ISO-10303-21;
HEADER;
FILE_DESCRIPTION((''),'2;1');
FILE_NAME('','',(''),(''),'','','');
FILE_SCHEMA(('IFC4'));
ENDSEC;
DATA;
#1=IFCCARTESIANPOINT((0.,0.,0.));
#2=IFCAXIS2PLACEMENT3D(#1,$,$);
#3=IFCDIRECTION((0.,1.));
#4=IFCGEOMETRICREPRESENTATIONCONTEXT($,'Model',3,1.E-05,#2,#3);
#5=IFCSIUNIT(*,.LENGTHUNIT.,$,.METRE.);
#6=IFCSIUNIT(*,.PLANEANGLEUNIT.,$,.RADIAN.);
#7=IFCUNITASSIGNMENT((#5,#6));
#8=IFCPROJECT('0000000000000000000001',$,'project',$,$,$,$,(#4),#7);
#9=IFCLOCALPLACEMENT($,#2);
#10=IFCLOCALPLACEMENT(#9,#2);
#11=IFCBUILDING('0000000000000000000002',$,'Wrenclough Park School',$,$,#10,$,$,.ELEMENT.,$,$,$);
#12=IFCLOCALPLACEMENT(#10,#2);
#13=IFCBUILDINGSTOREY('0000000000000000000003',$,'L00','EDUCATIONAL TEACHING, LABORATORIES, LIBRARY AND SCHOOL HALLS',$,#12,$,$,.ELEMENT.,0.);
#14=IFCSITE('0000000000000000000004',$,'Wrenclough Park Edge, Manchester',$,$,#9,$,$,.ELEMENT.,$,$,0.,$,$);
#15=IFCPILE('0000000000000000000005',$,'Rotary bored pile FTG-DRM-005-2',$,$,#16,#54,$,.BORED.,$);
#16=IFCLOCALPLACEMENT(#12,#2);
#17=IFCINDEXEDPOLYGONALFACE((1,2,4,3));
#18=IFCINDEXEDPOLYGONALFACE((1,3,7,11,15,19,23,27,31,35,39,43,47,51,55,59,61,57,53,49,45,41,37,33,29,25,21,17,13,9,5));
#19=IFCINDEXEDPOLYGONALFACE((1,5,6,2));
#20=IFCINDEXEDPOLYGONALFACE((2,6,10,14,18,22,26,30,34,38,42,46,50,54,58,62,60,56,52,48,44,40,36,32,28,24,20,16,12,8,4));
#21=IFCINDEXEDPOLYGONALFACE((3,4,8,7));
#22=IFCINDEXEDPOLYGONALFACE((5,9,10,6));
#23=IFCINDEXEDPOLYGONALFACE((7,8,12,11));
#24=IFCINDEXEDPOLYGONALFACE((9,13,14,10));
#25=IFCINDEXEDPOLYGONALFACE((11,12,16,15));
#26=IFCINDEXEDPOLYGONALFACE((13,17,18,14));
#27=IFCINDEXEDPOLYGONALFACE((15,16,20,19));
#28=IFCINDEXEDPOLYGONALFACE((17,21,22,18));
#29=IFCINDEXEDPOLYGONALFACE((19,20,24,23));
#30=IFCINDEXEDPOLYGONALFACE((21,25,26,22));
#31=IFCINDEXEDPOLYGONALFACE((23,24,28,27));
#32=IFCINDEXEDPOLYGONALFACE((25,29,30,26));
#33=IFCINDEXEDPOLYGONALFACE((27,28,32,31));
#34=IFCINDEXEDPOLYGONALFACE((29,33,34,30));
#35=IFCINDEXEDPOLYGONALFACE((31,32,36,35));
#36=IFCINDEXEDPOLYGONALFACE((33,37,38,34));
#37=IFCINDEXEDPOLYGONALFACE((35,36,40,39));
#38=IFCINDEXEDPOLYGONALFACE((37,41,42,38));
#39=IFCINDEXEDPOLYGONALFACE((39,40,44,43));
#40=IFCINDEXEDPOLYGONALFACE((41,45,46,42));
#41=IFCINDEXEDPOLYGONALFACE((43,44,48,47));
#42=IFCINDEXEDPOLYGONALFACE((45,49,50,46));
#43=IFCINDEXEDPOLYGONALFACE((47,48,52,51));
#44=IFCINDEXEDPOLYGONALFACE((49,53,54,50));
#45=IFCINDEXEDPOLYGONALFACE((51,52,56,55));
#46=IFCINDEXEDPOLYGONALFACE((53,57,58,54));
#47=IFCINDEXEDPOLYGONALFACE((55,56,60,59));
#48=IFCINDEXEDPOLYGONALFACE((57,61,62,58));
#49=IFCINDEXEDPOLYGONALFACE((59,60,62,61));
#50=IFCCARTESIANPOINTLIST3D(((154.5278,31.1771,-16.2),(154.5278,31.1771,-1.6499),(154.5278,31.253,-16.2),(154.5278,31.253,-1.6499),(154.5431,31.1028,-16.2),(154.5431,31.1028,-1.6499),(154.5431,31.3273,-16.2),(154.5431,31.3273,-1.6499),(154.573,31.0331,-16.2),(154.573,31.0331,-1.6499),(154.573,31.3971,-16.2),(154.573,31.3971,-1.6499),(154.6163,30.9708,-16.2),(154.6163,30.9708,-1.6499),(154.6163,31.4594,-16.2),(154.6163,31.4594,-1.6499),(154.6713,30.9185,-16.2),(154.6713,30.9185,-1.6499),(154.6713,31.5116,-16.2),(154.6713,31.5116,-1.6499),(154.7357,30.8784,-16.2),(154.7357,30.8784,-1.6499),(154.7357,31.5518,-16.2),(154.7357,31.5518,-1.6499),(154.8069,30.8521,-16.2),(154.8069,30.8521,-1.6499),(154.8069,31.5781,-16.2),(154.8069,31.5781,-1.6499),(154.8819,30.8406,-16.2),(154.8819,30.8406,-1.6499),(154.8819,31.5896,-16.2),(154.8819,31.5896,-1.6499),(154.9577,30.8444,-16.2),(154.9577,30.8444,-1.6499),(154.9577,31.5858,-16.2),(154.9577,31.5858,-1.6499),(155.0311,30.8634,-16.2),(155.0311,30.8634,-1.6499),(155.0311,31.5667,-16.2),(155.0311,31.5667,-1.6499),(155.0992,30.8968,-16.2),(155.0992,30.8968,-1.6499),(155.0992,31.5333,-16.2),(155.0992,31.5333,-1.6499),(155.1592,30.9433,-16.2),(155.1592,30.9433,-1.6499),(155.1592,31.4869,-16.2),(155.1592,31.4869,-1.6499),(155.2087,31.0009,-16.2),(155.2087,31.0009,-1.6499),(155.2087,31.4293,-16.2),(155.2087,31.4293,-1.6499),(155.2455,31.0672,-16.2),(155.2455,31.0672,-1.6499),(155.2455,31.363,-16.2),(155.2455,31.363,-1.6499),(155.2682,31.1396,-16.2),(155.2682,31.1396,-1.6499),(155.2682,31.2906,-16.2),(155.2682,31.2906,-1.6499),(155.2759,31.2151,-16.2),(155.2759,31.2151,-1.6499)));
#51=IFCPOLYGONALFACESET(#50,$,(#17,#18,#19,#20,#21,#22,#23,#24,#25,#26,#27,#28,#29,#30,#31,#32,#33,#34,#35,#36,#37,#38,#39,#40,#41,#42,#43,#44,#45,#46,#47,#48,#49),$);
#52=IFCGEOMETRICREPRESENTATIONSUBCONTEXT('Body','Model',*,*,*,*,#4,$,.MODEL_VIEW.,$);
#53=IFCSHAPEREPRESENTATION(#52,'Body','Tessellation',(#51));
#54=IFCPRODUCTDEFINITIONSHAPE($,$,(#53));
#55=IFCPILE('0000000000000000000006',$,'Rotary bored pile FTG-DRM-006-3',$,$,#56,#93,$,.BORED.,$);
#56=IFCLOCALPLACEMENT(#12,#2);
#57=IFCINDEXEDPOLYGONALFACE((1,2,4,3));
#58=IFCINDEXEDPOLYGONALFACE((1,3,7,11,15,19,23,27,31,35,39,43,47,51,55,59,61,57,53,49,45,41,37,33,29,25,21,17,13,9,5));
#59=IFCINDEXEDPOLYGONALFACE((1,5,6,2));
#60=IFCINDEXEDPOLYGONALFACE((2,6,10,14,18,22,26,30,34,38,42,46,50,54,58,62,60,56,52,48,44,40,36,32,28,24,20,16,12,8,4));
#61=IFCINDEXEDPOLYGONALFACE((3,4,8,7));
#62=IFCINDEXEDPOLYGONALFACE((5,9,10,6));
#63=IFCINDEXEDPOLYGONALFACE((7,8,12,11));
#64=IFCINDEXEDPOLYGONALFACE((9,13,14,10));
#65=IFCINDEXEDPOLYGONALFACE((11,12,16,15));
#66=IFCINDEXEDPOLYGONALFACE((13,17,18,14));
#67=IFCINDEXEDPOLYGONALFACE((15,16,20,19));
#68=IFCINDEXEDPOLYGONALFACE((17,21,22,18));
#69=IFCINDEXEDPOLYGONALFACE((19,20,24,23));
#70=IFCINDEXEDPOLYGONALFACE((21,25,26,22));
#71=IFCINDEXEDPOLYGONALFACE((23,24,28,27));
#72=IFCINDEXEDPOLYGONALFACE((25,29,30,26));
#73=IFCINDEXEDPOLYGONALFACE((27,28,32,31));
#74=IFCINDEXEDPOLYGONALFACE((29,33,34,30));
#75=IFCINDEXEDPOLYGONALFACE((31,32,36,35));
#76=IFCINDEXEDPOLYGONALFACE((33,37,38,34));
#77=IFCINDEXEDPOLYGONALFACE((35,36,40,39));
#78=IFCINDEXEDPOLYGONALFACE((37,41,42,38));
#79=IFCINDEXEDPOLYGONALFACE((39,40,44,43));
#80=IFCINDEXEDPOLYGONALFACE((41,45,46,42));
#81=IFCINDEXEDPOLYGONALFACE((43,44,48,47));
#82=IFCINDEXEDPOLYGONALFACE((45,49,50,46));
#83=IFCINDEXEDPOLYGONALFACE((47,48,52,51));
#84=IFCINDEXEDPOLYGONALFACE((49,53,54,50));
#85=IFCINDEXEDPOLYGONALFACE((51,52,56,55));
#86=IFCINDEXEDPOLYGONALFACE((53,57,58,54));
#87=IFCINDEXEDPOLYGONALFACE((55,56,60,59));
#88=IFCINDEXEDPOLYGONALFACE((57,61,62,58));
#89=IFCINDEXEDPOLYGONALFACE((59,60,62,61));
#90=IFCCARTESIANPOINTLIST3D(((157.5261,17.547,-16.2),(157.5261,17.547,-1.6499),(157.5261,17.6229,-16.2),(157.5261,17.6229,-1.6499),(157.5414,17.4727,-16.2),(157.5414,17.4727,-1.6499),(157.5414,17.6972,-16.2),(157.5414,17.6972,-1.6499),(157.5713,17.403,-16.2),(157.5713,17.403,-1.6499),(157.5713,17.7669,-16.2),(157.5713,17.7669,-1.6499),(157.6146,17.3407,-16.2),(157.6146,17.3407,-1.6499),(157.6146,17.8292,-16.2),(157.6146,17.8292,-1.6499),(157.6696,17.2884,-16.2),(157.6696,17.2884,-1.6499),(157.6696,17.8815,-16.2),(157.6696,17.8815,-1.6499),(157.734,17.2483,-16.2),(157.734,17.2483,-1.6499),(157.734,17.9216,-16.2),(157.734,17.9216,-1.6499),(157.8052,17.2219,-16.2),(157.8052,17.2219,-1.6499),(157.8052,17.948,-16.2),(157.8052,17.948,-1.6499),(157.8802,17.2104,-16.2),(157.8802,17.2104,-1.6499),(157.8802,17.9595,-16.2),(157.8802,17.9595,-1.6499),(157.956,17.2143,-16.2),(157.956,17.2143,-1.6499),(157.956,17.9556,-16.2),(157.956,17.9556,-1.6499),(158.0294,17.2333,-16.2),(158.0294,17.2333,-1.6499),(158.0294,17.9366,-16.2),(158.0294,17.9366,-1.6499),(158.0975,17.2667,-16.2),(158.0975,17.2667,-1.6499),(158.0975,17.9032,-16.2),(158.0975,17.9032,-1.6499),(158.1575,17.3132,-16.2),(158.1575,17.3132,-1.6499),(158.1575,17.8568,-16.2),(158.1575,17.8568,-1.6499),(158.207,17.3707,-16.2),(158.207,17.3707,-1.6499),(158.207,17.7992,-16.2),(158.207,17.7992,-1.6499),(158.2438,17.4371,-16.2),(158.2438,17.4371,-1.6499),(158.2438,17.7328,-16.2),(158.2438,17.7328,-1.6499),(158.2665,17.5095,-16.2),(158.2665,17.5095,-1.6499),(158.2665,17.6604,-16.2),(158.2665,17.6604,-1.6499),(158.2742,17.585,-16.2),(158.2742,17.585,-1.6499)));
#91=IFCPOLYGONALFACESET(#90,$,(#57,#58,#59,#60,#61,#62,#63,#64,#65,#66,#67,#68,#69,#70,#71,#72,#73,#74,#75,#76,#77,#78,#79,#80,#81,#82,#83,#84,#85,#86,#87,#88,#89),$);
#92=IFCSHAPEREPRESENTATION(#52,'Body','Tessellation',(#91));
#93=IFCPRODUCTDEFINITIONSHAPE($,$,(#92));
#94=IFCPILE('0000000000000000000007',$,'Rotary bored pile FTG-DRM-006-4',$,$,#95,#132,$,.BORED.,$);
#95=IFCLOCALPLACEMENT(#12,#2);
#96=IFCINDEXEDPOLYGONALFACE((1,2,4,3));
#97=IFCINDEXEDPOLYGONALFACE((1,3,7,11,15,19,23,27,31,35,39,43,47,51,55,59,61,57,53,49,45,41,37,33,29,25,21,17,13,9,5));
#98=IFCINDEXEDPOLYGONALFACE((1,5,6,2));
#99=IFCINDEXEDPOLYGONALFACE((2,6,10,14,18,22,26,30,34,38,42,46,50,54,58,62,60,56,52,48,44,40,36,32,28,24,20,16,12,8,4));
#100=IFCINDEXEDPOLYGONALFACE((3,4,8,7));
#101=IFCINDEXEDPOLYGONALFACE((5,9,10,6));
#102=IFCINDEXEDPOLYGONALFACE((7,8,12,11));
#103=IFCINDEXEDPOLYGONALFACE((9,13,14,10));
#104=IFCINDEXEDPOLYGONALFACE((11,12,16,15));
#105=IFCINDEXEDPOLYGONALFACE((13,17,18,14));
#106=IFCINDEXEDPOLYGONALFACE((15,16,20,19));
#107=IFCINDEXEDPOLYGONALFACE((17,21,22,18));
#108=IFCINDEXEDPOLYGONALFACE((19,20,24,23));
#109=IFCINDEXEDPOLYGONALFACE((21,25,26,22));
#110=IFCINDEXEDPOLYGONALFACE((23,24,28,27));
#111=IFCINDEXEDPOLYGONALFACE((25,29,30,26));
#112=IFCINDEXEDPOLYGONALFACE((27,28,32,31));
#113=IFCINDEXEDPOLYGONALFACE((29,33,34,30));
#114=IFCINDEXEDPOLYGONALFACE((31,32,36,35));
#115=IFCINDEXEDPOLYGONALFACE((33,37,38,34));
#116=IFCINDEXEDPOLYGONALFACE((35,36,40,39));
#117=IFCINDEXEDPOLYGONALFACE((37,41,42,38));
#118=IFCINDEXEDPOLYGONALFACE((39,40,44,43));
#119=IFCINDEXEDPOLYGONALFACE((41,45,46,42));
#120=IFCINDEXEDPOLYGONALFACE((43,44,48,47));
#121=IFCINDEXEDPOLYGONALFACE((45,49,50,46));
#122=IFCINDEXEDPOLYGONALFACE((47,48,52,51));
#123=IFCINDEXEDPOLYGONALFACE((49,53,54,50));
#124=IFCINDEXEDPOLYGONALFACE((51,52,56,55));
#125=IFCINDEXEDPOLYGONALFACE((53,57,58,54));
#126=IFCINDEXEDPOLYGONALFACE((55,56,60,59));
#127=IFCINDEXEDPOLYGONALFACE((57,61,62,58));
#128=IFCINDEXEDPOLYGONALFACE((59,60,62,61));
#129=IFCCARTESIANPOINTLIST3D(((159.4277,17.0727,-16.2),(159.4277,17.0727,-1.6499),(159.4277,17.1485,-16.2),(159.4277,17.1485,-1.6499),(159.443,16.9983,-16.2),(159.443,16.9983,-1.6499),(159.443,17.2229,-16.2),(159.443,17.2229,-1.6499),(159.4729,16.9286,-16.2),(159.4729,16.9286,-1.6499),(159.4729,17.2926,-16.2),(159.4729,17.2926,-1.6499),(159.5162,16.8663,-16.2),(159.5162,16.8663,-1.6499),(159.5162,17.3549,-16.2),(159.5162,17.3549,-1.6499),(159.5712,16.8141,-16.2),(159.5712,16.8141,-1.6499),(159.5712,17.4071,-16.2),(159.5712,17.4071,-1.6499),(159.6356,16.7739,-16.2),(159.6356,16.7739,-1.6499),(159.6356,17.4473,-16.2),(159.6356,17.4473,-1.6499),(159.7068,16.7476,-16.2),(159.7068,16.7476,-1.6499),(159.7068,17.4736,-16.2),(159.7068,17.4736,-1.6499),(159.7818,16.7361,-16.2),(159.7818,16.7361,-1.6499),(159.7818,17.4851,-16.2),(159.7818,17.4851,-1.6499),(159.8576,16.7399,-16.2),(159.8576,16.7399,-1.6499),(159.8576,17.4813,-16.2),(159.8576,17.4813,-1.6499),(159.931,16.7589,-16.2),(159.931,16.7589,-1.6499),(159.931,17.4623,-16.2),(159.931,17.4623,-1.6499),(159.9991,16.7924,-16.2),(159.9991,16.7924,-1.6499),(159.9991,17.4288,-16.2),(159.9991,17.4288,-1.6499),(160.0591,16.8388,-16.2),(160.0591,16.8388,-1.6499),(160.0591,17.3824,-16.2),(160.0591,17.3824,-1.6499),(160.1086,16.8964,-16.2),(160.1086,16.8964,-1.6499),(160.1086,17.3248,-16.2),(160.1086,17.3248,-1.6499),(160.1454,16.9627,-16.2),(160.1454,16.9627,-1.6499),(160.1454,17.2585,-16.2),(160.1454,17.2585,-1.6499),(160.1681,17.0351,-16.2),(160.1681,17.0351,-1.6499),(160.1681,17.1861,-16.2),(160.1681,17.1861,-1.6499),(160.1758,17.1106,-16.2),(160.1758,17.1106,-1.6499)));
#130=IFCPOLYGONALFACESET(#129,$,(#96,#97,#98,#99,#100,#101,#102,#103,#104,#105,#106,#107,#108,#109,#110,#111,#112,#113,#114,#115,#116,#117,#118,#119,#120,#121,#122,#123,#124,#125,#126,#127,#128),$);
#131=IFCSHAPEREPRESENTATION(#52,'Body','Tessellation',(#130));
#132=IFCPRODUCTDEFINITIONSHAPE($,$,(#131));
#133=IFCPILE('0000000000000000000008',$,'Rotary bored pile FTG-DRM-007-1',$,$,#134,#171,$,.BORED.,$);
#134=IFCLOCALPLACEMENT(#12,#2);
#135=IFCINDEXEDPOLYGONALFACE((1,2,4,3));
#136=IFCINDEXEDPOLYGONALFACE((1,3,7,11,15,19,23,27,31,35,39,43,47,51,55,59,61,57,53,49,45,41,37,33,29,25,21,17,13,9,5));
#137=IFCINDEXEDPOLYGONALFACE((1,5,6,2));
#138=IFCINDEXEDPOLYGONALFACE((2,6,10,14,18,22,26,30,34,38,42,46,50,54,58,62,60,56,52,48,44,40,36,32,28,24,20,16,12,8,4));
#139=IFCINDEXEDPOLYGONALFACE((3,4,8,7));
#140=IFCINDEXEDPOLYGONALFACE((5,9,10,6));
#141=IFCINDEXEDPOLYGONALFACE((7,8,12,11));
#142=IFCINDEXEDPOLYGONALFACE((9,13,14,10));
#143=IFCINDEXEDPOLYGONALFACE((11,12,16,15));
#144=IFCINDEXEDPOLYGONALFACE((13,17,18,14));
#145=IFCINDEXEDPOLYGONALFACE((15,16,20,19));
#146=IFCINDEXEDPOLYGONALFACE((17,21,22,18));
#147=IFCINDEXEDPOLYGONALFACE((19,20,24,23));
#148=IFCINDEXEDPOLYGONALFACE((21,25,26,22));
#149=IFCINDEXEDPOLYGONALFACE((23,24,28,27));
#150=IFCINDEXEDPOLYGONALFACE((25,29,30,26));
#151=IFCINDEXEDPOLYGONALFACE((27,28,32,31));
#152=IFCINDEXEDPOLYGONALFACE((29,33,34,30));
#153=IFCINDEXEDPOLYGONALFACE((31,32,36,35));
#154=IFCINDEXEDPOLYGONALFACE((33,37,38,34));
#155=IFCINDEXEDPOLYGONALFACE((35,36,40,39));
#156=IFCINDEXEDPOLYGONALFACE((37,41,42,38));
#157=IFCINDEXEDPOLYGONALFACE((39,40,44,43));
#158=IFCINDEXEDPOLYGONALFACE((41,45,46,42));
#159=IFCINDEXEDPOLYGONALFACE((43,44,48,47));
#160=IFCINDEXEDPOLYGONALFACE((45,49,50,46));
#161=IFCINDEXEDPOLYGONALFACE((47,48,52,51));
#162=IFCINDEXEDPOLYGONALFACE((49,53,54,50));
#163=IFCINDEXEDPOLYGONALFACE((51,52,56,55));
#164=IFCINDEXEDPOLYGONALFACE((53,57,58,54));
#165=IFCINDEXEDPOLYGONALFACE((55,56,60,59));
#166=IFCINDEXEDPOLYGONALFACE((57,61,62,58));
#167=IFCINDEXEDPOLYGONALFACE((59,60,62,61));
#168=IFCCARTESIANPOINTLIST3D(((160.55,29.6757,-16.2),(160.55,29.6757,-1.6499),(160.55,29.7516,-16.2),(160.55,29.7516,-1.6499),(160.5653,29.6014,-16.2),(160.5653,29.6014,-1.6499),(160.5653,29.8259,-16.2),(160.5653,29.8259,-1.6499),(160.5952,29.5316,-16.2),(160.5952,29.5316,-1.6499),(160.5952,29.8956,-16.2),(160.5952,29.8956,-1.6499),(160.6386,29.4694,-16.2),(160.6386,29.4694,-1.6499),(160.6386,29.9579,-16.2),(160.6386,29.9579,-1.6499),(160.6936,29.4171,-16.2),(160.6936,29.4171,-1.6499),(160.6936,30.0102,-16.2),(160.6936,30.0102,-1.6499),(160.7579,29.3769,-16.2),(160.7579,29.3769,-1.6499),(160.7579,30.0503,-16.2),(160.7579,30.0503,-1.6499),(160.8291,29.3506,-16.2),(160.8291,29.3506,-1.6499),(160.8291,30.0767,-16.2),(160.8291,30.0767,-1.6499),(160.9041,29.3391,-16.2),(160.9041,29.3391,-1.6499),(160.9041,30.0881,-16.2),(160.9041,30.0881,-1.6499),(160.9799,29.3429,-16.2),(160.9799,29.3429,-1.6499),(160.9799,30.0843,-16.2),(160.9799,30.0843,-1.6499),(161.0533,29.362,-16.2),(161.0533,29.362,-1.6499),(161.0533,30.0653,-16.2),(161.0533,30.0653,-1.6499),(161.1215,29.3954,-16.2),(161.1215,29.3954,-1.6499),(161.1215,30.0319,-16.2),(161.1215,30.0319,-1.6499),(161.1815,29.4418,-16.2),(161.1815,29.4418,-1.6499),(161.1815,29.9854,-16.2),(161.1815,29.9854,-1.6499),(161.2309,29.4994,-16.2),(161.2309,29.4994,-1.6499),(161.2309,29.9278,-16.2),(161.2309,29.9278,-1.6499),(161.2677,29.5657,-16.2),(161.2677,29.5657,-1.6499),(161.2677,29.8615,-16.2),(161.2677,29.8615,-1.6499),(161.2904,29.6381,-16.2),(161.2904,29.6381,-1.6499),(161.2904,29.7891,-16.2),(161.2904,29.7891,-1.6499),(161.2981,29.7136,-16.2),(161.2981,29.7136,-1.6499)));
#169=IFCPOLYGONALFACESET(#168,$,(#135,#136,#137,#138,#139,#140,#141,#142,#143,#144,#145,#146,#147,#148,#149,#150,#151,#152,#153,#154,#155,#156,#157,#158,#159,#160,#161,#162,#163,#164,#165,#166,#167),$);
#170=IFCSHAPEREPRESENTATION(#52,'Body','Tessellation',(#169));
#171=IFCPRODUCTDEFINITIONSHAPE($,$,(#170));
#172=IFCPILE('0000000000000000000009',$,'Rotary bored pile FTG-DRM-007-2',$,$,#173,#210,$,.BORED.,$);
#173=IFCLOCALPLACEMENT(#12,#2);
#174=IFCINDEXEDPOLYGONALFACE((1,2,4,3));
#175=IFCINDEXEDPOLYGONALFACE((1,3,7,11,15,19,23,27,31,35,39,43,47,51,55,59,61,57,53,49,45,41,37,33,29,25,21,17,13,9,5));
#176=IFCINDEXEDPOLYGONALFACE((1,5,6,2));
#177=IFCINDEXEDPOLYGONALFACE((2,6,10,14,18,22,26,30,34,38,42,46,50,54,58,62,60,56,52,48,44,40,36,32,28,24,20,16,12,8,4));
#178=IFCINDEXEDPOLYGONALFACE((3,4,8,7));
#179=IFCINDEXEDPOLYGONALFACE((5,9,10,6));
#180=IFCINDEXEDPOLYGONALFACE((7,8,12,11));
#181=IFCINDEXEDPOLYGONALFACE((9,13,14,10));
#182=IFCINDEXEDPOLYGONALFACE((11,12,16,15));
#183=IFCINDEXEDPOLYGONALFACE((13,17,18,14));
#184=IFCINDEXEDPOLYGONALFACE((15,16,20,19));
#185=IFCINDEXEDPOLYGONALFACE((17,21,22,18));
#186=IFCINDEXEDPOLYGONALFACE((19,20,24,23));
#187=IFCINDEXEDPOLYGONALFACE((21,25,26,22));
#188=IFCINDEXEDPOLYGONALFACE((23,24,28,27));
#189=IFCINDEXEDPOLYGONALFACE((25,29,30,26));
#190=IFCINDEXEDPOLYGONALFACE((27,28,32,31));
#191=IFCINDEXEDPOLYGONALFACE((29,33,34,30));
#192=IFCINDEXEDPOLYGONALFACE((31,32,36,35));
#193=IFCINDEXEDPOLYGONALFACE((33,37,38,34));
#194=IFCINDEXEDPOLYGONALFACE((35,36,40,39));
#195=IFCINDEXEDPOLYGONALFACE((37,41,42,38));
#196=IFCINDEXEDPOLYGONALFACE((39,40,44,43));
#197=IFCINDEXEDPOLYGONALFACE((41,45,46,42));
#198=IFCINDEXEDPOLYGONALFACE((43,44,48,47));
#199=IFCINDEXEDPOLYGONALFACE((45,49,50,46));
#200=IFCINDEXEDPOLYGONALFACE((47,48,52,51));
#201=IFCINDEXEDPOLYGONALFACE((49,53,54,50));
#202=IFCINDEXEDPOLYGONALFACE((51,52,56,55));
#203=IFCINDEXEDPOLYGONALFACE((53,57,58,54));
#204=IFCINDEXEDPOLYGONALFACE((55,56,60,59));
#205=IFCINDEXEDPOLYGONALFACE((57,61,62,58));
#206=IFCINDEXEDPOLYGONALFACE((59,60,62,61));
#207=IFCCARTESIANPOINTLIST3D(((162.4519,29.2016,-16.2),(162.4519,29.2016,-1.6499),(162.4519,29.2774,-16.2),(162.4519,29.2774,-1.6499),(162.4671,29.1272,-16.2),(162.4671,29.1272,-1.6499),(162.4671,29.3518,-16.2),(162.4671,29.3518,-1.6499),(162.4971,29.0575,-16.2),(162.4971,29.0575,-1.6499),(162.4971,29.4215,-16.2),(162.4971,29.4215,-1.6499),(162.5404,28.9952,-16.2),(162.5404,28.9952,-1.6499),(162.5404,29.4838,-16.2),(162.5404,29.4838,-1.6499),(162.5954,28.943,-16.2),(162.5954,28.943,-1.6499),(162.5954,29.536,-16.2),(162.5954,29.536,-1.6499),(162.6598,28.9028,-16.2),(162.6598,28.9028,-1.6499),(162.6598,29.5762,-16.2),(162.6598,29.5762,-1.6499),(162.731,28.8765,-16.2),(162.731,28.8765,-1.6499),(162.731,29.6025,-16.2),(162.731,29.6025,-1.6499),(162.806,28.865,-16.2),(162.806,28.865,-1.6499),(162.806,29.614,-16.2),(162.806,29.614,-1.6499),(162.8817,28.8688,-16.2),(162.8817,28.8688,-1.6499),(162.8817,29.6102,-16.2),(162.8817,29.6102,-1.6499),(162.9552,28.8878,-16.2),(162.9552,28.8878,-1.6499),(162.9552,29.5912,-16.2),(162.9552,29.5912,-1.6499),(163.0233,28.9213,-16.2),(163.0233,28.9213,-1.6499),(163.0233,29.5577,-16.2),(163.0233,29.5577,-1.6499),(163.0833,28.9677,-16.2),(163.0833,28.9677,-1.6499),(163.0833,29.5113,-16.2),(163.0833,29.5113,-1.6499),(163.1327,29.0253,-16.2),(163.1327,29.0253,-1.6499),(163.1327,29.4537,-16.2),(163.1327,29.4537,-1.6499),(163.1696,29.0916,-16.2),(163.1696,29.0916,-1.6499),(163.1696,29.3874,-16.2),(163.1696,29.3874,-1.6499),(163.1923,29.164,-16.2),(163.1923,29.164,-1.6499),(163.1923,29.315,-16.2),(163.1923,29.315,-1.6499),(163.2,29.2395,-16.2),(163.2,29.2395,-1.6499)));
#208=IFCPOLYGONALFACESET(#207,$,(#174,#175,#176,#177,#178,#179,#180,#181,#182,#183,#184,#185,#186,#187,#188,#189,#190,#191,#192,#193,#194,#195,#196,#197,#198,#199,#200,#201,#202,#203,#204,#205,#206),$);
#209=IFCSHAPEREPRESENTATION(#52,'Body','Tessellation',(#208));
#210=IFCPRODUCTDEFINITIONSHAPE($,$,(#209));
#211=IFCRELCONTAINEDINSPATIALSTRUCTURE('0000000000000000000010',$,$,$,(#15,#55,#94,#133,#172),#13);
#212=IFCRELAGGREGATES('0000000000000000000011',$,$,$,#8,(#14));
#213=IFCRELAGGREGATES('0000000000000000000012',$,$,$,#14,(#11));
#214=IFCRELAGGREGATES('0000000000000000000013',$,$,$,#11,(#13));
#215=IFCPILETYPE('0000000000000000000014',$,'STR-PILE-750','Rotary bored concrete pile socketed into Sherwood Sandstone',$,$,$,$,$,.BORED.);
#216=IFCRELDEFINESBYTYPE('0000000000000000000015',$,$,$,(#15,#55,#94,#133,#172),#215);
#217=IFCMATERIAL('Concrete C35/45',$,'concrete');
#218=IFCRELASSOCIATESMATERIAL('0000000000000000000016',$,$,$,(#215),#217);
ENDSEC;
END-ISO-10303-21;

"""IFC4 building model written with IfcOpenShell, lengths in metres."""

from ifc_helpers import new_model, si_unit, direction, frame, origin, origin_2d, place, context, subcontext, project, spatial, circle, extrude, material, material_profile, profile_set, type_object, element, save


model = new_model("IFC4")

# Units and contexts
model_context = context("Model", 3, precision=1e-05, world=origin(), true_north=direction((0.0, 1.0)))
body_context = subcontext(model_context, "Body", "Model", "MODEL_VIEW")
ifc_project = project(units=[si_unit("LENGTHUNIT", "METRE"), si_unit("PLANEANGLEUNIT", "RADIAN")], contexts=[model_context])

# Site, building, storey
site_placement = place(None, origin())
site = spatial("IfcSite", under=ifc_project, at=site_placement, Name="Wrenclough Park Edge, Manchester", CompositionType="ELEMENT", RefElevation=0.0)
building_placement = place(site_placement, origin())
building = spatial("IfcBuilding", under=site, at=building_placement, Name="Wrenclough Park School", CompositionType="ELEMENT")
storey_placement = place(building_placement, origin())
storey = spatial("IfcBuildingStorey", under=building, at=storey_placement, Name="L00", Description="EDUCATIONAL TEACHING, LABORATORIES, LIBRARY AND SCHOOL HALLS", CompositionType="ELEMENT", Elevation=0.0)

# Shared definitions
ifc_material_1 = material(Name="Concrete C35/45", Category="concrete")

# Piles
ifc_material_profile_1 = material_profile(ifc_material_1, circle(Radius=0.375, at=origin_2d()), Name="BORED PILE D750")
ifc_profile_set_1 = profile_set([ifc_material_profile_1], Name="Concrete C35/45")
pile_type = type_object("IfcPileType", Name="STR-PILE-750", Description="Rotary bored concrete pile socketed into Sherwood Sandstone", PredefinedType="BORED", material=ifc_profile_set_1)
for number, where, z_axis, x_axis, name in (
    (1, (154.9009, 31.2151, -1.6499), (0.0, 0.0, -1.0), (1.0, 0.0, 0.0), "Rotary bored pile FTG-DRM-005-2"),
    (2, (157.8992, 17.585, -1.6499), (0.0, 0.0, -1.0), (1.0, 0.0, 0.0), "Rotary bored pile FTG-DRM-006-3"),
    (3, (159.8008, 17.1106, -1.6499), (0.0, 0.0, -1.0), (1.0, 0.0, 0.0), "Rotary bored pile FTG-DRM-006-4"),
    (4, (160.9231, 29.7136, -1.6499), (0.0, 0.0, -1.0), (1.0, 0.0, 0.0), "Rotary bored pile FTG-DRM-007-1"),
    (5, (162.825, 29.2395, -1.6499), (0.0, 0.0, -1.0), (1.0, 0.0, 0.0), "Rotary bored pile FTG-DRM-007-2"),
):
    element("IfcPile", number, at=place(storey_placement, frame(where, z_axis=z_axis, x_axis=x_axis)), inside=storey, type_object=pile_type, Name=name, PredefinedType="BORED", context=body_context, shape_type="SweptSolid", body=[
        extrude(circle(Radius=0.375, at=origin_2d()), origin(), (0.0, 0.0, 1.0), 14.55),
    ])

save(model, "model.ifc")
